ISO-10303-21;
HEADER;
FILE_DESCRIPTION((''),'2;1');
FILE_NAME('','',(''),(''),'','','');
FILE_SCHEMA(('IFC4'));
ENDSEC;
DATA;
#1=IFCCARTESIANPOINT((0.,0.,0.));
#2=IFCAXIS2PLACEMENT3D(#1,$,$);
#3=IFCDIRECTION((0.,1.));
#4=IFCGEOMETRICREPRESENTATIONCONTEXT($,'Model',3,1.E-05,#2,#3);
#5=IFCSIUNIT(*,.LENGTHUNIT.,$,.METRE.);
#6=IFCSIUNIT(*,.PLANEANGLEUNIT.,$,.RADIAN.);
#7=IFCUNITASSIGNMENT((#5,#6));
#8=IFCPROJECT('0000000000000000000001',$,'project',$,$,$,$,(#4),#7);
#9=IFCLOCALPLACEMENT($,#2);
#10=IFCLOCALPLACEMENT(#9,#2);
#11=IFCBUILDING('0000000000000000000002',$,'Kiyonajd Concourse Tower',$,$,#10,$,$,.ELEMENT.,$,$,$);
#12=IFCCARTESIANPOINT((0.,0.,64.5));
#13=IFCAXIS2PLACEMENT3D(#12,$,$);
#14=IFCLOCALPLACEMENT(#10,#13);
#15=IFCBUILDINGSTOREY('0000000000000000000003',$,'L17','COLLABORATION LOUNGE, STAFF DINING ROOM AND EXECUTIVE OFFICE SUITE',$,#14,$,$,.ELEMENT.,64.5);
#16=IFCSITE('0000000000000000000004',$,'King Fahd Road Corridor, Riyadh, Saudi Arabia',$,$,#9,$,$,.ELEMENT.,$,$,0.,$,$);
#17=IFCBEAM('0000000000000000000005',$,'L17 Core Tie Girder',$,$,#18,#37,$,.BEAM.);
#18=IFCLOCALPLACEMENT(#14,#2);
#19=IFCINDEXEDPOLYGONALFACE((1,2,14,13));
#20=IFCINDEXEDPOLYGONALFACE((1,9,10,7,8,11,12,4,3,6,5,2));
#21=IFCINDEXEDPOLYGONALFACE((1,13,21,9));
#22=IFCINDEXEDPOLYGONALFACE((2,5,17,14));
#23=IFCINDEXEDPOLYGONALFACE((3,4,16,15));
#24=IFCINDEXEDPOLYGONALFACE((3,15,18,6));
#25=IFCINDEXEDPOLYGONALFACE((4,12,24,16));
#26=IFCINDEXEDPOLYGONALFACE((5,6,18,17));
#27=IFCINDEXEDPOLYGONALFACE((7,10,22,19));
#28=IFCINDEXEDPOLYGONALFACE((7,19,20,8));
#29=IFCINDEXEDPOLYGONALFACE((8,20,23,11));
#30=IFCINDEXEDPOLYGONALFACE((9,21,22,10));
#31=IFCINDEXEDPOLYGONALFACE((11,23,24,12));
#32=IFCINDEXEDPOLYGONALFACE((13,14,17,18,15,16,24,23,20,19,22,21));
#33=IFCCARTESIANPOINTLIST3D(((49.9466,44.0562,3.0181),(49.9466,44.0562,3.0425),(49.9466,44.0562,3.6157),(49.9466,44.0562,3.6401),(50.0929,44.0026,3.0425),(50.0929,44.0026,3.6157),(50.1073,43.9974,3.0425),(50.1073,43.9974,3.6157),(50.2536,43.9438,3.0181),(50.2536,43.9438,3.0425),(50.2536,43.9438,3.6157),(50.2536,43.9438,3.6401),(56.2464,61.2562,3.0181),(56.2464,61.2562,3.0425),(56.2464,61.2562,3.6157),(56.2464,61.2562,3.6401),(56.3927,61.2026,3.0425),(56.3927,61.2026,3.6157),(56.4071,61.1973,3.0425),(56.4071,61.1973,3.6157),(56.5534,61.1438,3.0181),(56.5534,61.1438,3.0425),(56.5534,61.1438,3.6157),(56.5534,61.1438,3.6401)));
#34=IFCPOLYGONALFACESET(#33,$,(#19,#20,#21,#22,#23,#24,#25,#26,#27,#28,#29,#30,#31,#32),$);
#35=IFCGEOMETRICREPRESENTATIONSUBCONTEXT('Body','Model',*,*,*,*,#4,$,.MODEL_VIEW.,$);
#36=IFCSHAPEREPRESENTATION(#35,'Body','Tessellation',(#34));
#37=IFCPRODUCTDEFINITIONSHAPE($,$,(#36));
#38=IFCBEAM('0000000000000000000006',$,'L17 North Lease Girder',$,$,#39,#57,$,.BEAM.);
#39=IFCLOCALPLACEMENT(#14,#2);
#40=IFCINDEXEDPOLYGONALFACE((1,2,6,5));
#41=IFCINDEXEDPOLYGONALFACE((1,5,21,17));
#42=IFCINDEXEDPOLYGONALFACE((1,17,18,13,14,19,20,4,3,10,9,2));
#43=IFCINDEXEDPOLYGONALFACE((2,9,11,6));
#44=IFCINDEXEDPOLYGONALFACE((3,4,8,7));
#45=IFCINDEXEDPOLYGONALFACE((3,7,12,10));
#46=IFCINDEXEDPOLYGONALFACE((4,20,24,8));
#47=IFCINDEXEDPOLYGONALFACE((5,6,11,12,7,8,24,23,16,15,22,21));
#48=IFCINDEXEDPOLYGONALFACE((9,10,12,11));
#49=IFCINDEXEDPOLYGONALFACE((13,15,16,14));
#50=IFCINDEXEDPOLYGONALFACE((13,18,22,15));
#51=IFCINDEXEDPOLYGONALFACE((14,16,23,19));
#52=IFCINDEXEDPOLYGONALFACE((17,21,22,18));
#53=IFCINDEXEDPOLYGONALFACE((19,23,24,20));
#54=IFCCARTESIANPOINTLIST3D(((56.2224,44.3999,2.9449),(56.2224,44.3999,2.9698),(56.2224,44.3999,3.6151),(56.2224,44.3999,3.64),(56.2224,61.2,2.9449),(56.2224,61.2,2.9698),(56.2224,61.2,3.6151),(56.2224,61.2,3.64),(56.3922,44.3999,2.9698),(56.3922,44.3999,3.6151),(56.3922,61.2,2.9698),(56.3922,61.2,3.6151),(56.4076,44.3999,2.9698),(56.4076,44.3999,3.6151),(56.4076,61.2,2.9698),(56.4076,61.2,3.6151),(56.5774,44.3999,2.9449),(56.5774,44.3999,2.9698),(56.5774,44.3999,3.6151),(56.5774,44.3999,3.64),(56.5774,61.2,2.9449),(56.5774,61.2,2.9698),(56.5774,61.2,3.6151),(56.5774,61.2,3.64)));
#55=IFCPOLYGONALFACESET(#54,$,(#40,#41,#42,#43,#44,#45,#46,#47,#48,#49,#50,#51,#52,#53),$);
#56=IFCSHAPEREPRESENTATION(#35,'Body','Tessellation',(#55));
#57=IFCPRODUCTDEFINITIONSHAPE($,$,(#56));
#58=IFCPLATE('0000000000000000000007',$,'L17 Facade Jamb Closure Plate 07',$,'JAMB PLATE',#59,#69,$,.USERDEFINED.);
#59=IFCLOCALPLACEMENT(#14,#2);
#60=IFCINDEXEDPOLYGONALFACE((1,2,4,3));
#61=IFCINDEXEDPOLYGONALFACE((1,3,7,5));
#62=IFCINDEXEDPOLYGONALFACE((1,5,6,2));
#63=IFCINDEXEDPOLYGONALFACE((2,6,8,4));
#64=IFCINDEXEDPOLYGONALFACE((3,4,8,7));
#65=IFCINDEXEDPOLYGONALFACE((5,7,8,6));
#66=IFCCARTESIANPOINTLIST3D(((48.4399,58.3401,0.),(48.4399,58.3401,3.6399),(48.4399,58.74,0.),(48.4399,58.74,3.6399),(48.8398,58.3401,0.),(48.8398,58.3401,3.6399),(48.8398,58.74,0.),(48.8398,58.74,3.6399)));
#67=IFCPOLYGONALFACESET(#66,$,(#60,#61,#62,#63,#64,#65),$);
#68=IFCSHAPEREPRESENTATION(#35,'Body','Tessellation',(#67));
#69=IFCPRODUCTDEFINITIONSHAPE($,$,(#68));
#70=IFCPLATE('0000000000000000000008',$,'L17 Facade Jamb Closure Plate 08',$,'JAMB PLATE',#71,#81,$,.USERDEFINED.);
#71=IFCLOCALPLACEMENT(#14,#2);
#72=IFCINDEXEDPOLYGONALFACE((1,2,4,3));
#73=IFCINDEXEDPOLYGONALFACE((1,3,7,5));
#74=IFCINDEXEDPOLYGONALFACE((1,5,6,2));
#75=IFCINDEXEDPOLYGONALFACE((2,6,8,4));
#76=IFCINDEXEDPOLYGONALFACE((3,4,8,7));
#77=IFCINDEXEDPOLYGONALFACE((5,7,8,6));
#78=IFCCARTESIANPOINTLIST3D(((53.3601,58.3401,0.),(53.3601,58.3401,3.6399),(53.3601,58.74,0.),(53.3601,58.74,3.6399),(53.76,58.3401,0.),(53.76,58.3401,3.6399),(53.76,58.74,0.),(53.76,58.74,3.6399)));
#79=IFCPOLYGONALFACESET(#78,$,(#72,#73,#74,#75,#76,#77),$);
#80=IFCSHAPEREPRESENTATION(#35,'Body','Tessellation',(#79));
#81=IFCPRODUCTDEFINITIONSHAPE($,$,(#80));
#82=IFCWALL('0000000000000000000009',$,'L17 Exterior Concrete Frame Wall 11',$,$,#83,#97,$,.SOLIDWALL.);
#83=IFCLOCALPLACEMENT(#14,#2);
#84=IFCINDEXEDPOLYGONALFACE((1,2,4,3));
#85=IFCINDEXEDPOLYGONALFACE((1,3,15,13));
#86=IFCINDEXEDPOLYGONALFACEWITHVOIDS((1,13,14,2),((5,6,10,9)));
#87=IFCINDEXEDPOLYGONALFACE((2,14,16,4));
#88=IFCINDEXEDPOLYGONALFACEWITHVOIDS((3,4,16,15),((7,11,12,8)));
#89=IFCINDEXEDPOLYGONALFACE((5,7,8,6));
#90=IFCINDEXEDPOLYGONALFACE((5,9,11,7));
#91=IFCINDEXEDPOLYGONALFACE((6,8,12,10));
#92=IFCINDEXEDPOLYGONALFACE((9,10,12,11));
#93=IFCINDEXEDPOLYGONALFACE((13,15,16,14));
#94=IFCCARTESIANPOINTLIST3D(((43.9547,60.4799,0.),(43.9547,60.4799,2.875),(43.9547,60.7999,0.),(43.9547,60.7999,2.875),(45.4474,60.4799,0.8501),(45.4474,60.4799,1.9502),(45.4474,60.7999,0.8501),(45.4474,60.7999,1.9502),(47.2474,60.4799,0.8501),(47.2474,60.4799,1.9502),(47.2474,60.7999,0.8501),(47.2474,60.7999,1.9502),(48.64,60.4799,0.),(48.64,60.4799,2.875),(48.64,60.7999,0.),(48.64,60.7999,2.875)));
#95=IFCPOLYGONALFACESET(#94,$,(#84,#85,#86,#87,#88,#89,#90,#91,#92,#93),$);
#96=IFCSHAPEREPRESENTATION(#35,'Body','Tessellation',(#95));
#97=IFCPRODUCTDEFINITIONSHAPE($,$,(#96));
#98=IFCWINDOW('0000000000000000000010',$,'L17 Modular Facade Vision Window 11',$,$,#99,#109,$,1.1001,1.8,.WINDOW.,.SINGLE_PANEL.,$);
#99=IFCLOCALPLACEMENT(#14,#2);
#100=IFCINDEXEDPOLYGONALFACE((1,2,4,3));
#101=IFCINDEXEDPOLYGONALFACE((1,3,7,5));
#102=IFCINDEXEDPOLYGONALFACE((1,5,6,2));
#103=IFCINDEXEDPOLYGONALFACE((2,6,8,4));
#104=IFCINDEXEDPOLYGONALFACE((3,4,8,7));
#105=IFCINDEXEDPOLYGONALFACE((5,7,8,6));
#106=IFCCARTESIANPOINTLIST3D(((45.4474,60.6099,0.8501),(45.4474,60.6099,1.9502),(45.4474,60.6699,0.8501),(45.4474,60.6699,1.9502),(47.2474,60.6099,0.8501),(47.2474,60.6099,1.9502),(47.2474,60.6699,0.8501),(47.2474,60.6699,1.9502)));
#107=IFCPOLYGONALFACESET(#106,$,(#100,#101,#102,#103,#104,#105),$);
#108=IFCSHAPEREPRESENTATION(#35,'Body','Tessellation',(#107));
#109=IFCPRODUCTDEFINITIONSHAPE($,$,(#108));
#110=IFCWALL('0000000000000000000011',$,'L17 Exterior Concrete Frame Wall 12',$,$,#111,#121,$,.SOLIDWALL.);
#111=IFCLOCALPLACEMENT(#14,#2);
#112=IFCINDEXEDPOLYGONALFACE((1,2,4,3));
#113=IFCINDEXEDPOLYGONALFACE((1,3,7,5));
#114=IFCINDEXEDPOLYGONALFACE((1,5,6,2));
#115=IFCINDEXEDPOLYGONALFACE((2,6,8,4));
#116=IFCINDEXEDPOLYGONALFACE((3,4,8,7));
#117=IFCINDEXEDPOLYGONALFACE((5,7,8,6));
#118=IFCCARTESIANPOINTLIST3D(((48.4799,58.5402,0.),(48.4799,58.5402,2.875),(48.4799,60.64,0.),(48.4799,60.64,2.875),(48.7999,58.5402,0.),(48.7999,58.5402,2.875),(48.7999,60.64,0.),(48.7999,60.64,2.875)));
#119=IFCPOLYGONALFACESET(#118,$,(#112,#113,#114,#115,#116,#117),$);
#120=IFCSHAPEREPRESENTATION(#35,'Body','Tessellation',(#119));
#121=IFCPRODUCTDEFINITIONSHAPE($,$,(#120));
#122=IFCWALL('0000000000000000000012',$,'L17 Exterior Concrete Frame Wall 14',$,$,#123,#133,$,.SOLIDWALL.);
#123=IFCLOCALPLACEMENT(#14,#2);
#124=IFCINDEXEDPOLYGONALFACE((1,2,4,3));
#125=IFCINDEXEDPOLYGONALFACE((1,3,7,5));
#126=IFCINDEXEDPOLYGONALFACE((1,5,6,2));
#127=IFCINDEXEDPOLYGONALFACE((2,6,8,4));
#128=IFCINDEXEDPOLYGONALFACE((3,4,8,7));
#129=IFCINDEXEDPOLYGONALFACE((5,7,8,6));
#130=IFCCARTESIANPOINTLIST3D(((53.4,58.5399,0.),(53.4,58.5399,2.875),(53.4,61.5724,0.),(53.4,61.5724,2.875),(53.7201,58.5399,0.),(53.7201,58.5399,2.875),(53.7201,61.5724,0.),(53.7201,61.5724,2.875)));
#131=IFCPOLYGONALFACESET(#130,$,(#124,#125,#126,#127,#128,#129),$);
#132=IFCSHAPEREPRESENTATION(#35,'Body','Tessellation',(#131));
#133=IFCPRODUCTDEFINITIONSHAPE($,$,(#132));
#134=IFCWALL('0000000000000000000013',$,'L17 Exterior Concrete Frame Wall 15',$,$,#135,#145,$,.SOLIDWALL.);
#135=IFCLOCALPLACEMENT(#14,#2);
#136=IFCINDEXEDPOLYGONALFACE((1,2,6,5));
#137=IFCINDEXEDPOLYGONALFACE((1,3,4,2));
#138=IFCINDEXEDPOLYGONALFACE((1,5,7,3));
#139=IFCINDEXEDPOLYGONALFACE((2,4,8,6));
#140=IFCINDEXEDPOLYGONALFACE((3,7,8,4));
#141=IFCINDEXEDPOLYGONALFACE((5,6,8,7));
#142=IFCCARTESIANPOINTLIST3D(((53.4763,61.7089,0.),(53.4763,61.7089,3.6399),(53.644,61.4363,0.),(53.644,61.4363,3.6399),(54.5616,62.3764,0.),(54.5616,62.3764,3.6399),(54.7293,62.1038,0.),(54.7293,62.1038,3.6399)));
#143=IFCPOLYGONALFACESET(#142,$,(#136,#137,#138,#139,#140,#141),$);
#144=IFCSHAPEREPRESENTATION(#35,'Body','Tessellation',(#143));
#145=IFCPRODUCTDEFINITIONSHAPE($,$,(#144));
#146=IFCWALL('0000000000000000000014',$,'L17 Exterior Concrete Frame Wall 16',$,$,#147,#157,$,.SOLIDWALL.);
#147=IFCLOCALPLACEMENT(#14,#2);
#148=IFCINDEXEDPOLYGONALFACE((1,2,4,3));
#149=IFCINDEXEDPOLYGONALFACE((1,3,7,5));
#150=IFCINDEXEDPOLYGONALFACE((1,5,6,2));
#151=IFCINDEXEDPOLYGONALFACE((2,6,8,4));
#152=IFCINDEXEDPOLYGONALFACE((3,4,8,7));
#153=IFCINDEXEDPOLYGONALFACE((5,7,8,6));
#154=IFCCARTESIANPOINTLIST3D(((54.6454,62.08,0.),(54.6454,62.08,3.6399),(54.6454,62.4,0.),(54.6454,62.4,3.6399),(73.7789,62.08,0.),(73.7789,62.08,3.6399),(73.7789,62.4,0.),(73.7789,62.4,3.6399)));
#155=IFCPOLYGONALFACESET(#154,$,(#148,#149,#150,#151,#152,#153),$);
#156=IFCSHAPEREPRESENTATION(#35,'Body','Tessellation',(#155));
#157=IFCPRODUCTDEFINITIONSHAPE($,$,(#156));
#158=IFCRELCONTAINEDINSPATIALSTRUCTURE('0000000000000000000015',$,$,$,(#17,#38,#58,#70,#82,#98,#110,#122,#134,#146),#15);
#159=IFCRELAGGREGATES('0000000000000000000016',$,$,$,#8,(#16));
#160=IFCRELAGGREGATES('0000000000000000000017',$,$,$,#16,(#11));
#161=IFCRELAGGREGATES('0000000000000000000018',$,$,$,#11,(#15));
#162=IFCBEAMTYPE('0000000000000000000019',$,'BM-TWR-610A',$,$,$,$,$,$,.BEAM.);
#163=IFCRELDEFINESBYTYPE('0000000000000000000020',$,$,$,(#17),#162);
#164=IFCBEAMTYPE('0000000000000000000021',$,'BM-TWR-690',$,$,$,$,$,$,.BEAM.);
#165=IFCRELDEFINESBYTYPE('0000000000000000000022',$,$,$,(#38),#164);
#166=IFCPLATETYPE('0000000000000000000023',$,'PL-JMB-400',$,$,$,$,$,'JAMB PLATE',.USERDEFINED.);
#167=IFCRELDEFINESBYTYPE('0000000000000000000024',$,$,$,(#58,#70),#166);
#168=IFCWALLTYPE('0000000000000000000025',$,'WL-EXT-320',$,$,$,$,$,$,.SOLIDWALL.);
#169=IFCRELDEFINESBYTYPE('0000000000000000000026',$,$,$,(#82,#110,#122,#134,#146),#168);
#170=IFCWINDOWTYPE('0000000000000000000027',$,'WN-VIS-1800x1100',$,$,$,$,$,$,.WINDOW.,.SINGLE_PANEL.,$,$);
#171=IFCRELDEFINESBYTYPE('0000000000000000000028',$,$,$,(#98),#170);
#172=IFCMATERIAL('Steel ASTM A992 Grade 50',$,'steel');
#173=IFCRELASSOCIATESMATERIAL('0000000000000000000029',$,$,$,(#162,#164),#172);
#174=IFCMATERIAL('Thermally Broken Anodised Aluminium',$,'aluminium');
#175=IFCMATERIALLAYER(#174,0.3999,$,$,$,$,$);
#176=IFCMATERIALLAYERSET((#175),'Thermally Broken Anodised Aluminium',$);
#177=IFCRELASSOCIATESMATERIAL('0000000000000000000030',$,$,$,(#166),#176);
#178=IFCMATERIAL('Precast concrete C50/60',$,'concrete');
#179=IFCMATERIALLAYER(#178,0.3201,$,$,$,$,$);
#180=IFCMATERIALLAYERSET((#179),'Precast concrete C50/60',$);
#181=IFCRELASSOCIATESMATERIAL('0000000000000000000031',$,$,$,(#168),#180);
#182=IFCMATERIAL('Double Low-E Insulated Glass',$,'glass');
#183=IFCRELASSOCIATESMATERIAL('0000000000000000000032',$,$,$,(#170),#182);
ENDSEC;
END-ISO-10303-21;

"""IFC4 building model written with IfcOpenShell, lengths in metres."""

from ifc_helpers import new_model, si_unit, direction, frame, frame_2d, origin, origin_2d, place, context, subcontext, project, spatial, rectangle, i_section, extrude, material, layer, layer_set, material_profile, profile_set, type_object, element, fill, save


model = new_model("IFC4")

# Units and contexts
model_context = context("Model", 3, precision=1e-05, world=origin(), true_north=direction((0.0, 1.0)))
body_context = subcontext(model_context, "Body", "Model", "MODEL_VIEW")
ifc_project = project(units=[si_unit("LENGTHUNIT", "METRE"), si_unit("PLANEANGLEUNIT", "RADIAN")], contexts=[model_context])

# Site, building, storey
site_placement = place(None, origin())
site = spatial("IfcSite", under=ifc_project, at=site_placement, Name="King Fahd Road Corridor, Riyadh, Saudi Arabia", CompositionType="ELEMENT", RefElevation=0.0)
building_placement = place(site_placement, origin())
building = spatial("IfcBuilding", under=site, at=building_placement, Name="Kiyonajd Concourse Tower", CompositionType="ELEMENT")
storey_placement = place(building_placement, frame((0.0, 0.0, 64.5)))
storey = spatial("IfcBuildingStorey", under=building, at=storey_placement, Name="L17", Description="COLLABORATION LOUNGE, STAFF DINING ROOM AND EXECUTIVE OFFICE SUITE", CompositionType="ELEMENT", Elevation=64.5)

# Beams
ifc_material_1 = material(Name="Steel ASTM A992 Grade 50", Category="steel")
ifc_material_2 = material(Name="Precast concrete C50/60", Category="concrete")
ifc_material_profile_1 = material_profile(ifc_material_1, i_section(OverallWidth=0.3269, OverallDepth=0.6221, WebThickness=0.0154, FlangeThickness=0.0244, at=origin_2d()), Name="W610X195")
ifc_profile_set_1 = profile_set([ifc_material_profile_1], Name="Steel ASTM A992 Grade 50")
beam_type_1 = type_object("IfcBeamType", Name="BM-TWR-610A", PredefinedType="BEAM", material=ifc_profile_set_1)
beam_1_placement = place(storey_placement, frame((50.1001, 44.0, 3.3291), z_axis=(0.343925, 0.938997, 0.0), x_axis=(-0.938997, 0.343925, 0.0)))
element("IfcBeam", 1, at=beam_1_placement, inside=storey, type_object=beam_type_1, Name="L17 Core Tie Girder", PredefinedType="BEAM", context=body_context, shape_type="SweptSolid", body=[
    extrude(i_section(OverallWidth=0.3269, OverallDepth=0.6221, WebThickness=0.0154, FlangeThickness=0.0244, at=origin_2d()), origin(), (0.0, 0.0, 1.0), 18.3174),
])
ifc_material_profile_2 = material_profile(ifc_material_1, i_section(OverallWidth=0.355, OverallDepth=0.6951, WebThickness=0.0154, FlangeThickness=0.0249, at=origin_2d()), Name="W690X217")
ifc_profile_set_2 = profile_set([ifc_material_profile_2], Name="Steel ASTM A992 Grade 50")
beam_type_2 = type_object("IfcBeamType", Name="BM-TWR-690", PredefinedType="BEAM", material=ifc_profile_set_2)
beam_2_placement = place(storey_placement, frame((56.3999, 44.3999, 3.2925), z_axis=(0.0, 1.0, 0.0), x_axis=(-1.0, 0.0, 0.0)))
element("IfcBeam", 2, at=beam_2_placement, inside=storey, type_object=beam_type_2, Name="L17 North Lease Girder", PredefinedType="BEAM", context=body_context, shape_type="SweptSolid", body=[
    extrude(i_section(OverallWidth=0.355, OverallDepth=0.6951, WebThickness=0.0154, FlangeThickness=0.0249, at=origin_2d()), origin(), (0.0, 0.0, 1.0), 16.8),
])

# Plates
ifc_material_3 = material(Name="Thermally Broken Anodised Aluminium", Category="aluminium")
ifc_layer_1 = layer(ifc_material_3, 0.3999)
ifc_layer_set_1 = layer_set([ifc_layer_1], Name="Thermally Broken Anodised Aluminium")
plate_type = type_object("IfcPlateType", Name="PL-JMB-400", ElementType="JAMB PLATE", PredefinedType="USERDEFINED", material=ifc_layer_set_1)
for number, where, z_axis, x_axis, name in (
    (3, (48.6399, 58.54, 0.0), (0.0, 0.0, 1.0), (1.0, 0.0, 0.0), "L17 Facade Jamb Closure Plate 07"),
    (4, (53.5601, 58.54, 0.0), (0.0, 0.0, 1.0), (1.0, 0.0, 0.0), "L17 Facade Jamb Closure Plate 08"),
):
    element("IfcPlate", number, at=place(storey_placement, frame(where, z_axis=z_axis, x_axis=x_axis)), inside=storey, type_object=plate_type, Name=name, ObjectType="JAMB PLATE", PredefinedType="USERDEFINED", context=body_context, shape_type="SweptSolid", body=[
        extrude(rectangle(XDim=0.3999, YDim=0.3999, at=origin_2d()), origin(), (0.0, 0.0, 1.0), 3.6399),
    ])

# Wall, opening, window
ifc_layer_2 = layer(ifc_material_2, 0.3201)
ifc_layer_set_2 = layer_set([ifc_layer_2], Name="Precast concrete C50/60")
wall_type_1 = type_object("IfcWallType", Name="WL-EXT-320", PredefinedType="SOLIDWALL", material=ifc_layer_set_2)
wall_1_placement = place(storey_placement, frame((43.9546, 60.6399, 0.0), z_axis=(0.0, 0.0, 1.0), x_axis=(1.0, 0.0, 0.0)))
wall_1 = element("IfcWall", 5, at=wall_1_placement, inside=storey, type_object=wall_type_1, Name="L17 Exterior Concrete Frame Wall 11", PredefinedType="SOLIDWALL", context=body_context, shape_type="SweptSolid", body=[
    extrude(rectangle(XDim=4.6853, YDim=0.3201, at=frame_2d((2.3428, 0.0))), origin(), (0.0, 0.0, 1.0), 2.875),
])
opening_1_placement = place(wall_1_placement, frame((1.4929, 0.0, 0.8501)))
opening_1 = element("IfcOpeningElement", 6, at=opening_1_placement, cuts=wall_1, PredefinedType="OPENING", context=body_context, shape_type="SweptSolid", body=[
    extrude(rectangle(XDim=1.8, YDim=1.1001, at=frame_2d((0.8999, 0.55))), frame((0.0, 0.1699, 0.0), z_axis=(0.0, -1.0, 0.0), x_axis=(1.0, 0.0, 0.0)), (0.0, 0.0, 1.0), 0.3401),
])
ifc_material_4 = material(Name="Double Low-E Insulated Glass", Category="glass")
window_type = type_object("IfcWindowType", Name="WN-VIS-1800x1100", PartitioningType="SINGLE_PANEL", PredefinedType="WINDOW", material=ifc_material_4)
window_placement = place(opening_1_placement, origin())
window = element("IfcWindow", 7, at=window_placement, inside=storey, type_object=window_type, Name="L17 Modular Facade Vision Window 11", OverallHeight=1.1001, OverallWidth=1.8, PartitioningType="SINGLE_PANEL", PredefinedType="WINDOW", context=body_context, shape_type="SweptSolid", body=[
    extrude(rectangle(XDim=1.8, YDim=1.1001, at=frame_2d((0.8999, 0.55))), frame((0.0, 0.03, 0.0), z_axis=(0.0, -1.0, 0.0), x_axis=(1.0, 0.0, 0.0)), (0.0, 0.0, 1.0), 0.0601),
])
fill(opening_1, window)

# Walls
wall_2_placement = place(storey_placement, frame((48.6399, 60.6399, 0.0), z_axis=(0.0, 0.0, 1.0), x_axis=(0.0, -1.0, 0.0)))
element("IfcWall", 8, at=wall_2_placement, inside=storey, type_object=wall_type_1, Name="L17 Exterior Concrete Frame Wall 12", PredefinedType="SOLIDWALL", context=body_context, shape_type="SweptSolid", body=[
    extrude(rectangle(XDim=2.0999, YDim=0.3201, at=frame_2d((1.0498, 0.0))), origin(), (0.0, 0.0, 1.0), 2.875),
])
wall_3_placement = place(storey_placement, frame((53.5601, 58.54, 0.0), z_axis=(0.0, 0.0, 1.0), x_axis=(0.0, 1.0, 0.0)))
element("IfcWall", 9, at=wall_3_placement, inside=storey, type_object=wall_type_1, Name="L17 Exterior Concrete Frame Wall 14", PredefinedType="SOLIDWALL", context=body_context, shape_type="SweptSolid", body=[
    extrude(rectangle(XDim=3.0325, YDim=0.3201, at=frame_2d((1.5161, 0.0))), origin(), (0.0, 0.0, 1.0), 2.875),
])
wall_4_placement = place(storey_placement, frame((53.5601, 61.5725, 0.0), z_axis=(0.0, 0.0, 1.0), x_axis=(0.851777, 0.523905, 0.0)))
element("IfcWall", 10, at=wall_4_placement, inside=storey, type_object=wall_type_1, Name="L17 Exterior Concrete Frame Wall 15", PredefinedType="SOLIDWALL", context=body_context, shape_type="SweptSolid", body=[
    extrude(rectangle(XDim=1.2742, YDim=0.3201, at=frame_2d((0.6372, 0.0))), origin(), (0.0, 0.0, 1.0), 3.6399),
])
wall_5_placement = place(storey_placement, frame((54.6453, 62.24, 0.0), z_axis=(0.0, 0.0, 1.0), x_axis=(1.0, 0.0, 0.0)))
element("IfcWall", 11, at=wall_5_placement, inside=storey, type_object=wall_type_1, Name="L17 Exterior Concrete Frame Wall 16", PredefinedType="SOLIDWALL", context=body_context, shape_type="SweptSolid", body=[
    extrude(rectangle(XDim=19.1335, YDim=0.3201, at=frame_2d((9.5669, 0.0))), origin(), (0.0, 0.0, 1.0), 3.6399),
])

save(model, "model.ifc")
